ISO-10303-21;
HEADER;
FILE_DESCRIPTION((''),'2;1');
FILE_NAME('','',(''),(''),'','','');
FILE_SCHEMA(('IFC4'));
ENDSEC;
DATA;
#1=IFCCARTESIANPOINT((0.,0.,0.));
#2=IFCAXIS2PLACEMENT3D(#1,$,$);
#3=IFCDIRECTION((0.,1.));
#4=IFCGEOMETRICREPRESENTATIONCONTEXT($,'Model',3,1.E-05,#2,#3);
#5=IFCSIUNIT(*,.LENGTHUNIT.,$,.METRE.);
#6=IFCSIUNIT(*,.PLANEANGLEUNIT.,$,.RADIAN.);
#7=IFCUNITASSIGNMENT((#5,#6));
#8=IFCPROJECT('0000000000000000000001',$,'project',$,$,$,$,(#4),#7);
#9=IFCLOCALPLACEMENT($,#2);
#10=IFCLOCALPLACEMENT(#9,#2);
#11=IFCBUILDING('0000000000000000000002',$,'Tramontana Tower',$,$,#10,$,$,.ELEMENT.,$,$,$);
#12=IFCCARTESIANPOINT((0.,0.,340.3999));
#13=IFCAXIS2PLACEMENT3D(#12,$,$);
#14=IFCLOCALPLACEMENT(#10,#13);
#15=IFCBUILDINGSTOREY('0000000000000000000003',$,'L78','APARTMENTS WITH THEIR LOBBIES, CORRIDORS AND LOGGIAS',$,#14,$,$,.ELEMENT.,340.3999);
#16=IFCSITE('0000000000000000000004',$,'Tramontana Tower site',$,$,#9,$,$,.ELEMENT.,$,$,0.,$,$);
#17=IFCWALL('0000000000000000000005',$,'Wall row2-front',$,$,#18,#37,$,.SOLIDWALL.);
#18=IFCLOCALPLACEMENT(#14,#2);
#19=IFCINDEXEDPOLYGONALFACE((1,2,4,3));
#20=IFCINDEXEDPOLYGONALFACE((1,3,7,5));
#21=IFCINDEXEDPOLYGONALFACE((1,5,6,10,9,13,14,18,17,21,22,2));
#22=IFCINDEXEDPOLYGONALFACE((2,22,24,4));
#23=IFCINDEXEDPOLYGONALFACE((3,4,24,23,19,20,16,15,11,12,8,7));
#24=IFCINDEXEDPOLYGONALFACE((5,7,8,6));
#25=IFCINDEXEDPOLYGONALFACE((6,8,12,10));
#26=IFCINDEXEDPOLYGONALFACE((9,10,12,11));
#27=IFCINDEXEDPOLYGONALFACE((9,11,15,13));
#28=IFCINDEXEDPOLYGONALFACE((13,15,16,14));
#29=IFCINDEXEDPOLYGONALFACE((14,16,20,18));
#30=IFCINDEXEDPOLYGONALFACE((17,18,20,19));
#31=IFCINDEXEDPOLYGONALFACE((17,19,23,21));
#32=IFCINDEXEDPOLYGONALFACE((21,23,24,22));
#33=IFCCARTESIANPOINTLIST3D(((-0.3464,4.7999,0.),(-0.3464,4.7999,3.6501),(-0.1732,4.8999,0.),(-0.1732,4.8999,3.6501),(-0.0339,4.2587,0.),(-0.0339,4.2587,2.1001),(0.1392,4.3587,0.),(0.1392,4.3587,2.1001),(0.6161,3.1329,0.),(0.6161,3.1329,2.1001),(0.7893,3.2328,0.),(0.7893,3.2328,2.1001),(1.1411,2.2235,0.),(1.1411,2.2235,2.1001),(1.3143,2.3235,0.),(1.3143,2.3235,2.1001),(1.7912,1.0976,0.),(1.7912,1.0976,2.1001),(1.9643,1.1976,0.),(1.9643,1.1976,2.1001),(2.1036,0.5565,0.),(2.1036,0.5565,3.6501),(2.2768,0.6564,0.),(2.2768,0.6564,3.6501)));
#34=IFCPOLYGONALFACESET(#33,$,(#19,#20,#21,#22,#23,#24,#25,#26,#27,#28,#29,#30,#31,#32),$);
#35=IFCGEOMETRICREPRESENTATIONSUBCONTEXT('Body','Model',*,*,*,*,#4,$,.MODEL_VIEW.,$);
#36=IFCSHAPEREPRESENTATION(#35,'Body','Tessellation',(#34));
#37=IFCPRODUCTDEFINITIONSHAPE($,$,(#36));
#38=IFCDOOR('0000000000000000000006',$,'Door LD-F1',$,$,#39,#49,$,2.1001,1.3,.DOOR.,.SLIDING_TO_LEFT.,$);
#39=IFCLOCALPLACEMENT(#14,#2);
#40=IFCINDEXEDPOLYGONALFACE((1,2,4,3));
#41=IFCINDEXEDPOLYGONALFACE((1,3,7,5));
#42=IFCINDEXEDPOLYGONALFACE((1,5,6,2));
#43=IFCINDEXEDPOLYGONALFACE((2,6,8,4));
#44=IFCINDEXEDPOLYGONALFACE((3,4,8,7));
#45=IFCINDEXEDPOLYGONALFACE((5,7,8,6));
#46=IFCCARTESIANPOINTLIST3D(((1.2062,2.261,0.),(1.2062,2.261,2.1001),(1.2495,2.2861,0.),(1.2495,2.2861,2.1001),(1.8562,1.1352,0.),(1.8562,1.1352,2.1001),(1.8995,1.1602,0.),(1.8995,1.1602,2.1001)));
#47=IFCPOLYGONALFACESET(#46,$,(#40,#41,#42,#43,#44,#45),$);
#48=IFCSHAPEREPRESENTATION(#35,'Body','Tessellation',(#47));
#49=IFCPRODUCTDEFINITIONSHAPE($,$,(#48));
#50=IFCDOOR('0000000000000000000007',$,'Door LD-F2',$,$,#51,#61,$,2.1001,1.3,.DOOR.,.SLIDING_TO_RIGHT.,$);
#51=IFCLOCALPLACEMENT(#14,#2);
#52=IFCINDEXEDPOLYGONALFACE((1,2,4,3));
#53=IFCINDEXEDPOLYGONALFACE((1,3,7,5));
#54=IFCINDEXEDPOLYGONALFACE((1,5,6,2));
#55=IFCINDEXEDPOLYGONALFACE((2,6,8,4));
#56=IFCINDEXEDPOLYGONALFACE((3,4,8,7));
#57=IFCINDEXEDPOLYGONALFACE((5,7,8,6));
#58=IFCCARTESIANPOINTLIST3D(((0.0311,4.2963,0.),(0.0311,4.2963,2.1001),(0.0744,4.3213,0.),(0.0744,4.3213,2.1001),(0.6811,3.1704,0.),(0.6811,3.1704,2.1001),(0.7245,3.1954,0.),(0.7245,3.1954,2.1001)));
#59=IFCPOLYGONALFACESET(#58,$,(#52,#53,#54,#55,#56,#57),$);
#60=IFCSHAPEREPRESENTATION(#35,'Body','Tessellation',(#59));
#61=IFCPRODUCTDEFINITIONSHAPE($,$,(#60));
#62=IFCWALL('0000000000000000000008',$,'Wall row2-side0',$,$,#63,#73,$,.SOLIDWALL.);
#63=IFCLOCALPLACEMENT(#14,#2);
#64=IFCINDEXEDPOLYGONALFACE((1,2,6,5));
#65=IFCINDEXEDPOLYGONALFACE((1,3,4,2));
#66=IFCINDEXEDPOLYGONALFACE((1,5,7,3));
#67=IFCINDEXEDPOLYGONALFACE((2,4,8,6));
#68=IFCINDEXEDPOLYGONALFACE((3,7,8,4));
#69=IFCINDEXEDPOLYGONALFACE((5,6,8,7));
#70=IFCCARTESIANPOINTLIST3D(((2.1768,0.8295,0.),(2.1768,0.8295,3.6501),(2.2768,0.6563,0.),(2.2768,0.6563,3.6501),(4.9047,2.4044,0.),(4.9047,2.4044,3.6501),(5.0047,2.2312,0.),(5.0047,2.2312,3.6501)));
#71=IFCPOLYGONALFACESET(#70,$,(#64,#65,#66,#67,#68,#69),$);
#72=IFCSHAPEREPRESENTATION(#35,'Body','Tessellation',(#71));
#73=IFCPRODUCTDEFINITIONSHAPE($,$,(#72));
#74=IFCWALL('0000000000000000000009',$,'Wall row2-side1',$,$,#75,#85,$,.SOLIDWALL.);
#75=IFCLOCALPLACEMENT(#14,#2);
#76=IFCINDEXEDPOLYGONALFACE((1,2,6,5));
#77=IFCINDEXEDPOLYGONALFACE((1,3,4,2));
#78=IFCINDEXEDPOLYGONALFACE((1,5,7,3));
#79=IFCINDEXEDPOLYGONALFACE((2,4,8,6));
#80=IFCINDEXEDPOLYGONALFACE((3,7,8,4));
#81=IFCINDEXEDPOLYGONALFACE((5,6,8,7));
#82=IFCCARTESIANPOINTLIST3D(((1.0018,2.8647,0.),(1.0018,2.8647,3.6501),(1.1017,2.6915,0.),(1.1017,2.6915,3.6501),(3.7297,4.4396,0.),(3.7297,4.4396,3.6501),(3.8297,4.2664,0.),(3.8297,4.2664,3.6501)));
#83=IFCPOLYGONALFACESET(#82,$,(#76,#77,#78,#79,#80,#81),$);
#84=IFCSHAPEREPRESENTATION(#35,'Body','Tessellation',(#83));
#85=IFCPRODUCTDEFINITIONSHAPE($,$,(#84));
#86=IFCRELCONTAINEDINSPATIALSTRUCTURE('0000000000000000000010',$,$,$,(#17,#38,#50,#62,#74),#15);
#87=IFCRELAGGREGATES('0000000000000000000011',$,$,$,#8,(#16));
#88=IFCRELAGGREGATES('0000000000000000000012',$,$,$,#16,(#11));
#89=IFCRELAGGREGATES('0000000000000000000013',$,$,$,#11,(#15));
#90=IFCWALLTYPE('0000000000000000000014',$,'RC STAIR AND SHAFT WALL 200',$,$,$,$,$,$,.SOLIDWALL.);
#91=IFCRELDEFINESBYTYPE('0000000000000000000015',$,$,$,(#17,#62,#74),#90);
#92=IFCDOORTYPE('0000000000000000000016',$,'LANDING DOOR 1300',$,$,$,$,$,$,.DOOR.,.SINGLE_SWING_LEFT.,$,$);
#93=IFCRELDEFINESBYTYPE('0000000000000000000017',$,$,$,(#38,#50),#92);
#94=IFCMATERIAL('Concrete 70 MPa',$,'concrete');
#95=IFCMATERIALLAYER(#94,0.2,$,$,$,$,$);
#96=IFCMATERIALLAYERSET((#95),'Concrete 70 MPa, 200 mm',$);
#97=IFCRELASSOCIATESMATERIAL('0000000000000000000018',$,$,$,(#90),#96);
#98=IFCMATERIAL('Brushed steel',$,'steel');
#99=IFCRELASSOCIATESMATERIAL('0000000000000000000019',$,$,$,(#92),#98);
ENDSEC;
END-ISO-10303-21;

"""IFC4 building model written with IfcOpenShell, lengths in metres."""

from ifc_helpers import new_model, si_unit, direction, frame, frame_2d, origin, place, context, subcontext, project, spatial, rectangle, extrude, material, layer, layer_set, type_object, element, fill, save


model = new_model("IFC4")

# Units and contexts
model_context = context("Model", 3, precision=1e-05, world=origin(), true_north=direction((0.0, 1.0)))
body_context = subcontext(model_context, "Body", "Model", "MODEL_VIEW")
ifc_project = project(units=[si_unit("LENGTHUNIT", "METRE"), si_unit("PLANEANGLEUNIT", "RADIAN")], contexts=[model_context])

# Site, building, storey
site_placement = place(None, origin())
site = spatial("IfcSite", under=ifc_project, at=site_placement, Name="Tramontana Tower site", CompositionType="ELEMENT", RefElevation=0.0)
building_placement = place(site_placement, origin())
building = spatial("IfcBuilding", under=site, at=building_placement, Name="Tramontana Tower", CompositionType="ELEMENT")
storey_placement = place(building_placement, frame((0.0, 0.0, 340.3999)))
storey = spatial("IfcBuildingStorey", under=building, at=storey_placement, Name="L78", Description="APARTMENTS WITH THEIR LOBBIES, CORRIDORS AND LOGGIAS", CompositionType="ELEMENT", Elevation=340.3999)

# Shared definitions
ifc_material_1 = material(Name="Concrete 70 MPa", Category="concrete")
ifc_layer_1 = layer(ifc_material_1, 0.2)
ifc_layer_set_1 = layer_set([ifc_layer_1], Name="Concrete 70 MPa, 200 mm")
wall_type_1 = type_object("IfcWallType", Name="RC STAIR AND SHAFT WALL 200", PredefinedType="SOLIDWALL", material=ifc_layer_set_1)

# Wall, openings, doors
wall_1_placement = place(storey_placement, frame((2.1902, 0.6064, 0.0), z_axis=(0.0, 0.0, 1.0), x_axis=(-0.500003, 0.866024, 0.0)))
wall_1 = element("IfcWall", 1, at=wall_1_placement, inside=storey, type_object=wall_type_1, Name="Wall row2-front", PredefinedType="SOLIDWALL", context=body_context, shape_type="SweptSolid", body=[
    extrude(rectangle(XDim=4.8999, YDim=0.2, at=frame_2d((2.45, 0.0))), origin(), (0.0, 0.0, 1.0), 3.6501),
])
opening_1_placement = place(wall_1_placement, frame((0.625, 0.0, 0.0)))
opening_1 = element("IfcOpeningElement", 2, at=opening_1_placement, cuts=wall_1, PredefinedType="OPENING", context=body_context, shape_type="SweptSolid", body=[
    extrude(rectangle(XDim=1.3, YDim=2.1001, at=frame_2d((0.6499, 1.05))), frame((0.0, 0.1099, 0.0), z_axis=(0.0, -1.0, 0.0), x_axis=(1.0, 0.0, 0.0)), (0.0, 0.0, 1.0), 0.22),
])
opening_2_placement = place(wall_1_placement, frame((2.9751, 0.0, 0.0)))
opening_2 = element("IfcOpeningElement", 3, at=opening_2_placement, cuts=wall_1, PredefinedType="OPENING", context=body_context, shape_type="SweptSolid", body=[
    extrude(rectangle(XDim=1.3, YDim=2.1001, at=frame_2d((0.6499, 1.05))), frame((0.0, 0.1099, 0.0), z_axis=(0.0, -1.0, 0.0), x_axis=(1.0, 0.0, 0.0)), (0.0, 0.0, 1.0), 0.22),
])
ifc_material_2 = material(Name="Brushed steel", Category="steel")
door_type_1 = type_object("IfcDoorType", Name="LANDING DOOR 1300", OperationType="SINGLE_SWING_LEFT", PredefinedType="DOOR", material=ifc_material_2)
door_1_placement = place(opening_1_placement, origin())
door_1 = element("IfcDoor", 4, at=door_1_placement, inside=storey, type_object=door_type_1, Name="Door LD-F1", OperationType="SLIDING_TO_LEFT", OverallHeight=2.1001, OverallWidth=1.3, PredefinedType="DOOR", context=body_context, shape_type="SweptSolid", body=[
    extrude(rectangle(XDim=1.3, YDim=2.1001, at=frame_2d((0.6499, 1.05))), frame((0.0, 0.0249, 0.0), z_axis=(0.0, -1.0, 0.0), x_axis=(1.0, 0.0, 0.0)), (0.0, 0.0, 1.0), 0.05),
])
fill(opening_1, door_1)
door_2_placement = place(opening_2_placement, origin())
door_2 = element("IfcDoor", 5, at=door_2_placement, inside=storey, type_object=door_type_1, Name="Door LD-F2", OperationType="SLIDING_TO_RIGHT", OverallHeight=2.1001, OverallWidth=1.3, PredefinedType="DOOR", context=body_context, shape_type="SweptSolid", body=[
    extrude(rectangle(XDim=1.3, YDim=2.1001, at=frame_2d((0.6499, 1.05))), frame((0.0, 0.0249, 0.0), z_axis=(0.0, -1.0, 0.0), x_axis=(1.0, 0.0, 0.0)), (0.0, 0.0, 1.0), 0.05),
])
fill(opening_2, door_2)

# Walls
for number, where, z_axis, x_axis, name in (
    (6, (2.2268, 0.7429, 0.0), (0.0, 0.0, 1.0), (0.866036, 0.499982, 0.0), "Wall row2-side0"),
    (7, (1.0518, 2.7781, 0.0), (0.0, 0.0, 1.0), (0.866036, 0.499982, 0.0), "Wall row2-side1"),
):
    element("IfcWall", number, at=place(storey_placement, frame(where, z_axis=z_axis, x_axis=x_axis)), inside=storey, type_object=wall_type_1, Name=name, PredefinedType="SOLIDWALL", context=body_context, shape_type="SweptSolid", body=[
        extrude(rectangle(XDim=3.1499, YDim=0.2, at=frame_2d((1.575, 0.0))), origin(), (0.0, 0.0, 1.0), 3.6501),
    ])

save(model, "model.ifc")
